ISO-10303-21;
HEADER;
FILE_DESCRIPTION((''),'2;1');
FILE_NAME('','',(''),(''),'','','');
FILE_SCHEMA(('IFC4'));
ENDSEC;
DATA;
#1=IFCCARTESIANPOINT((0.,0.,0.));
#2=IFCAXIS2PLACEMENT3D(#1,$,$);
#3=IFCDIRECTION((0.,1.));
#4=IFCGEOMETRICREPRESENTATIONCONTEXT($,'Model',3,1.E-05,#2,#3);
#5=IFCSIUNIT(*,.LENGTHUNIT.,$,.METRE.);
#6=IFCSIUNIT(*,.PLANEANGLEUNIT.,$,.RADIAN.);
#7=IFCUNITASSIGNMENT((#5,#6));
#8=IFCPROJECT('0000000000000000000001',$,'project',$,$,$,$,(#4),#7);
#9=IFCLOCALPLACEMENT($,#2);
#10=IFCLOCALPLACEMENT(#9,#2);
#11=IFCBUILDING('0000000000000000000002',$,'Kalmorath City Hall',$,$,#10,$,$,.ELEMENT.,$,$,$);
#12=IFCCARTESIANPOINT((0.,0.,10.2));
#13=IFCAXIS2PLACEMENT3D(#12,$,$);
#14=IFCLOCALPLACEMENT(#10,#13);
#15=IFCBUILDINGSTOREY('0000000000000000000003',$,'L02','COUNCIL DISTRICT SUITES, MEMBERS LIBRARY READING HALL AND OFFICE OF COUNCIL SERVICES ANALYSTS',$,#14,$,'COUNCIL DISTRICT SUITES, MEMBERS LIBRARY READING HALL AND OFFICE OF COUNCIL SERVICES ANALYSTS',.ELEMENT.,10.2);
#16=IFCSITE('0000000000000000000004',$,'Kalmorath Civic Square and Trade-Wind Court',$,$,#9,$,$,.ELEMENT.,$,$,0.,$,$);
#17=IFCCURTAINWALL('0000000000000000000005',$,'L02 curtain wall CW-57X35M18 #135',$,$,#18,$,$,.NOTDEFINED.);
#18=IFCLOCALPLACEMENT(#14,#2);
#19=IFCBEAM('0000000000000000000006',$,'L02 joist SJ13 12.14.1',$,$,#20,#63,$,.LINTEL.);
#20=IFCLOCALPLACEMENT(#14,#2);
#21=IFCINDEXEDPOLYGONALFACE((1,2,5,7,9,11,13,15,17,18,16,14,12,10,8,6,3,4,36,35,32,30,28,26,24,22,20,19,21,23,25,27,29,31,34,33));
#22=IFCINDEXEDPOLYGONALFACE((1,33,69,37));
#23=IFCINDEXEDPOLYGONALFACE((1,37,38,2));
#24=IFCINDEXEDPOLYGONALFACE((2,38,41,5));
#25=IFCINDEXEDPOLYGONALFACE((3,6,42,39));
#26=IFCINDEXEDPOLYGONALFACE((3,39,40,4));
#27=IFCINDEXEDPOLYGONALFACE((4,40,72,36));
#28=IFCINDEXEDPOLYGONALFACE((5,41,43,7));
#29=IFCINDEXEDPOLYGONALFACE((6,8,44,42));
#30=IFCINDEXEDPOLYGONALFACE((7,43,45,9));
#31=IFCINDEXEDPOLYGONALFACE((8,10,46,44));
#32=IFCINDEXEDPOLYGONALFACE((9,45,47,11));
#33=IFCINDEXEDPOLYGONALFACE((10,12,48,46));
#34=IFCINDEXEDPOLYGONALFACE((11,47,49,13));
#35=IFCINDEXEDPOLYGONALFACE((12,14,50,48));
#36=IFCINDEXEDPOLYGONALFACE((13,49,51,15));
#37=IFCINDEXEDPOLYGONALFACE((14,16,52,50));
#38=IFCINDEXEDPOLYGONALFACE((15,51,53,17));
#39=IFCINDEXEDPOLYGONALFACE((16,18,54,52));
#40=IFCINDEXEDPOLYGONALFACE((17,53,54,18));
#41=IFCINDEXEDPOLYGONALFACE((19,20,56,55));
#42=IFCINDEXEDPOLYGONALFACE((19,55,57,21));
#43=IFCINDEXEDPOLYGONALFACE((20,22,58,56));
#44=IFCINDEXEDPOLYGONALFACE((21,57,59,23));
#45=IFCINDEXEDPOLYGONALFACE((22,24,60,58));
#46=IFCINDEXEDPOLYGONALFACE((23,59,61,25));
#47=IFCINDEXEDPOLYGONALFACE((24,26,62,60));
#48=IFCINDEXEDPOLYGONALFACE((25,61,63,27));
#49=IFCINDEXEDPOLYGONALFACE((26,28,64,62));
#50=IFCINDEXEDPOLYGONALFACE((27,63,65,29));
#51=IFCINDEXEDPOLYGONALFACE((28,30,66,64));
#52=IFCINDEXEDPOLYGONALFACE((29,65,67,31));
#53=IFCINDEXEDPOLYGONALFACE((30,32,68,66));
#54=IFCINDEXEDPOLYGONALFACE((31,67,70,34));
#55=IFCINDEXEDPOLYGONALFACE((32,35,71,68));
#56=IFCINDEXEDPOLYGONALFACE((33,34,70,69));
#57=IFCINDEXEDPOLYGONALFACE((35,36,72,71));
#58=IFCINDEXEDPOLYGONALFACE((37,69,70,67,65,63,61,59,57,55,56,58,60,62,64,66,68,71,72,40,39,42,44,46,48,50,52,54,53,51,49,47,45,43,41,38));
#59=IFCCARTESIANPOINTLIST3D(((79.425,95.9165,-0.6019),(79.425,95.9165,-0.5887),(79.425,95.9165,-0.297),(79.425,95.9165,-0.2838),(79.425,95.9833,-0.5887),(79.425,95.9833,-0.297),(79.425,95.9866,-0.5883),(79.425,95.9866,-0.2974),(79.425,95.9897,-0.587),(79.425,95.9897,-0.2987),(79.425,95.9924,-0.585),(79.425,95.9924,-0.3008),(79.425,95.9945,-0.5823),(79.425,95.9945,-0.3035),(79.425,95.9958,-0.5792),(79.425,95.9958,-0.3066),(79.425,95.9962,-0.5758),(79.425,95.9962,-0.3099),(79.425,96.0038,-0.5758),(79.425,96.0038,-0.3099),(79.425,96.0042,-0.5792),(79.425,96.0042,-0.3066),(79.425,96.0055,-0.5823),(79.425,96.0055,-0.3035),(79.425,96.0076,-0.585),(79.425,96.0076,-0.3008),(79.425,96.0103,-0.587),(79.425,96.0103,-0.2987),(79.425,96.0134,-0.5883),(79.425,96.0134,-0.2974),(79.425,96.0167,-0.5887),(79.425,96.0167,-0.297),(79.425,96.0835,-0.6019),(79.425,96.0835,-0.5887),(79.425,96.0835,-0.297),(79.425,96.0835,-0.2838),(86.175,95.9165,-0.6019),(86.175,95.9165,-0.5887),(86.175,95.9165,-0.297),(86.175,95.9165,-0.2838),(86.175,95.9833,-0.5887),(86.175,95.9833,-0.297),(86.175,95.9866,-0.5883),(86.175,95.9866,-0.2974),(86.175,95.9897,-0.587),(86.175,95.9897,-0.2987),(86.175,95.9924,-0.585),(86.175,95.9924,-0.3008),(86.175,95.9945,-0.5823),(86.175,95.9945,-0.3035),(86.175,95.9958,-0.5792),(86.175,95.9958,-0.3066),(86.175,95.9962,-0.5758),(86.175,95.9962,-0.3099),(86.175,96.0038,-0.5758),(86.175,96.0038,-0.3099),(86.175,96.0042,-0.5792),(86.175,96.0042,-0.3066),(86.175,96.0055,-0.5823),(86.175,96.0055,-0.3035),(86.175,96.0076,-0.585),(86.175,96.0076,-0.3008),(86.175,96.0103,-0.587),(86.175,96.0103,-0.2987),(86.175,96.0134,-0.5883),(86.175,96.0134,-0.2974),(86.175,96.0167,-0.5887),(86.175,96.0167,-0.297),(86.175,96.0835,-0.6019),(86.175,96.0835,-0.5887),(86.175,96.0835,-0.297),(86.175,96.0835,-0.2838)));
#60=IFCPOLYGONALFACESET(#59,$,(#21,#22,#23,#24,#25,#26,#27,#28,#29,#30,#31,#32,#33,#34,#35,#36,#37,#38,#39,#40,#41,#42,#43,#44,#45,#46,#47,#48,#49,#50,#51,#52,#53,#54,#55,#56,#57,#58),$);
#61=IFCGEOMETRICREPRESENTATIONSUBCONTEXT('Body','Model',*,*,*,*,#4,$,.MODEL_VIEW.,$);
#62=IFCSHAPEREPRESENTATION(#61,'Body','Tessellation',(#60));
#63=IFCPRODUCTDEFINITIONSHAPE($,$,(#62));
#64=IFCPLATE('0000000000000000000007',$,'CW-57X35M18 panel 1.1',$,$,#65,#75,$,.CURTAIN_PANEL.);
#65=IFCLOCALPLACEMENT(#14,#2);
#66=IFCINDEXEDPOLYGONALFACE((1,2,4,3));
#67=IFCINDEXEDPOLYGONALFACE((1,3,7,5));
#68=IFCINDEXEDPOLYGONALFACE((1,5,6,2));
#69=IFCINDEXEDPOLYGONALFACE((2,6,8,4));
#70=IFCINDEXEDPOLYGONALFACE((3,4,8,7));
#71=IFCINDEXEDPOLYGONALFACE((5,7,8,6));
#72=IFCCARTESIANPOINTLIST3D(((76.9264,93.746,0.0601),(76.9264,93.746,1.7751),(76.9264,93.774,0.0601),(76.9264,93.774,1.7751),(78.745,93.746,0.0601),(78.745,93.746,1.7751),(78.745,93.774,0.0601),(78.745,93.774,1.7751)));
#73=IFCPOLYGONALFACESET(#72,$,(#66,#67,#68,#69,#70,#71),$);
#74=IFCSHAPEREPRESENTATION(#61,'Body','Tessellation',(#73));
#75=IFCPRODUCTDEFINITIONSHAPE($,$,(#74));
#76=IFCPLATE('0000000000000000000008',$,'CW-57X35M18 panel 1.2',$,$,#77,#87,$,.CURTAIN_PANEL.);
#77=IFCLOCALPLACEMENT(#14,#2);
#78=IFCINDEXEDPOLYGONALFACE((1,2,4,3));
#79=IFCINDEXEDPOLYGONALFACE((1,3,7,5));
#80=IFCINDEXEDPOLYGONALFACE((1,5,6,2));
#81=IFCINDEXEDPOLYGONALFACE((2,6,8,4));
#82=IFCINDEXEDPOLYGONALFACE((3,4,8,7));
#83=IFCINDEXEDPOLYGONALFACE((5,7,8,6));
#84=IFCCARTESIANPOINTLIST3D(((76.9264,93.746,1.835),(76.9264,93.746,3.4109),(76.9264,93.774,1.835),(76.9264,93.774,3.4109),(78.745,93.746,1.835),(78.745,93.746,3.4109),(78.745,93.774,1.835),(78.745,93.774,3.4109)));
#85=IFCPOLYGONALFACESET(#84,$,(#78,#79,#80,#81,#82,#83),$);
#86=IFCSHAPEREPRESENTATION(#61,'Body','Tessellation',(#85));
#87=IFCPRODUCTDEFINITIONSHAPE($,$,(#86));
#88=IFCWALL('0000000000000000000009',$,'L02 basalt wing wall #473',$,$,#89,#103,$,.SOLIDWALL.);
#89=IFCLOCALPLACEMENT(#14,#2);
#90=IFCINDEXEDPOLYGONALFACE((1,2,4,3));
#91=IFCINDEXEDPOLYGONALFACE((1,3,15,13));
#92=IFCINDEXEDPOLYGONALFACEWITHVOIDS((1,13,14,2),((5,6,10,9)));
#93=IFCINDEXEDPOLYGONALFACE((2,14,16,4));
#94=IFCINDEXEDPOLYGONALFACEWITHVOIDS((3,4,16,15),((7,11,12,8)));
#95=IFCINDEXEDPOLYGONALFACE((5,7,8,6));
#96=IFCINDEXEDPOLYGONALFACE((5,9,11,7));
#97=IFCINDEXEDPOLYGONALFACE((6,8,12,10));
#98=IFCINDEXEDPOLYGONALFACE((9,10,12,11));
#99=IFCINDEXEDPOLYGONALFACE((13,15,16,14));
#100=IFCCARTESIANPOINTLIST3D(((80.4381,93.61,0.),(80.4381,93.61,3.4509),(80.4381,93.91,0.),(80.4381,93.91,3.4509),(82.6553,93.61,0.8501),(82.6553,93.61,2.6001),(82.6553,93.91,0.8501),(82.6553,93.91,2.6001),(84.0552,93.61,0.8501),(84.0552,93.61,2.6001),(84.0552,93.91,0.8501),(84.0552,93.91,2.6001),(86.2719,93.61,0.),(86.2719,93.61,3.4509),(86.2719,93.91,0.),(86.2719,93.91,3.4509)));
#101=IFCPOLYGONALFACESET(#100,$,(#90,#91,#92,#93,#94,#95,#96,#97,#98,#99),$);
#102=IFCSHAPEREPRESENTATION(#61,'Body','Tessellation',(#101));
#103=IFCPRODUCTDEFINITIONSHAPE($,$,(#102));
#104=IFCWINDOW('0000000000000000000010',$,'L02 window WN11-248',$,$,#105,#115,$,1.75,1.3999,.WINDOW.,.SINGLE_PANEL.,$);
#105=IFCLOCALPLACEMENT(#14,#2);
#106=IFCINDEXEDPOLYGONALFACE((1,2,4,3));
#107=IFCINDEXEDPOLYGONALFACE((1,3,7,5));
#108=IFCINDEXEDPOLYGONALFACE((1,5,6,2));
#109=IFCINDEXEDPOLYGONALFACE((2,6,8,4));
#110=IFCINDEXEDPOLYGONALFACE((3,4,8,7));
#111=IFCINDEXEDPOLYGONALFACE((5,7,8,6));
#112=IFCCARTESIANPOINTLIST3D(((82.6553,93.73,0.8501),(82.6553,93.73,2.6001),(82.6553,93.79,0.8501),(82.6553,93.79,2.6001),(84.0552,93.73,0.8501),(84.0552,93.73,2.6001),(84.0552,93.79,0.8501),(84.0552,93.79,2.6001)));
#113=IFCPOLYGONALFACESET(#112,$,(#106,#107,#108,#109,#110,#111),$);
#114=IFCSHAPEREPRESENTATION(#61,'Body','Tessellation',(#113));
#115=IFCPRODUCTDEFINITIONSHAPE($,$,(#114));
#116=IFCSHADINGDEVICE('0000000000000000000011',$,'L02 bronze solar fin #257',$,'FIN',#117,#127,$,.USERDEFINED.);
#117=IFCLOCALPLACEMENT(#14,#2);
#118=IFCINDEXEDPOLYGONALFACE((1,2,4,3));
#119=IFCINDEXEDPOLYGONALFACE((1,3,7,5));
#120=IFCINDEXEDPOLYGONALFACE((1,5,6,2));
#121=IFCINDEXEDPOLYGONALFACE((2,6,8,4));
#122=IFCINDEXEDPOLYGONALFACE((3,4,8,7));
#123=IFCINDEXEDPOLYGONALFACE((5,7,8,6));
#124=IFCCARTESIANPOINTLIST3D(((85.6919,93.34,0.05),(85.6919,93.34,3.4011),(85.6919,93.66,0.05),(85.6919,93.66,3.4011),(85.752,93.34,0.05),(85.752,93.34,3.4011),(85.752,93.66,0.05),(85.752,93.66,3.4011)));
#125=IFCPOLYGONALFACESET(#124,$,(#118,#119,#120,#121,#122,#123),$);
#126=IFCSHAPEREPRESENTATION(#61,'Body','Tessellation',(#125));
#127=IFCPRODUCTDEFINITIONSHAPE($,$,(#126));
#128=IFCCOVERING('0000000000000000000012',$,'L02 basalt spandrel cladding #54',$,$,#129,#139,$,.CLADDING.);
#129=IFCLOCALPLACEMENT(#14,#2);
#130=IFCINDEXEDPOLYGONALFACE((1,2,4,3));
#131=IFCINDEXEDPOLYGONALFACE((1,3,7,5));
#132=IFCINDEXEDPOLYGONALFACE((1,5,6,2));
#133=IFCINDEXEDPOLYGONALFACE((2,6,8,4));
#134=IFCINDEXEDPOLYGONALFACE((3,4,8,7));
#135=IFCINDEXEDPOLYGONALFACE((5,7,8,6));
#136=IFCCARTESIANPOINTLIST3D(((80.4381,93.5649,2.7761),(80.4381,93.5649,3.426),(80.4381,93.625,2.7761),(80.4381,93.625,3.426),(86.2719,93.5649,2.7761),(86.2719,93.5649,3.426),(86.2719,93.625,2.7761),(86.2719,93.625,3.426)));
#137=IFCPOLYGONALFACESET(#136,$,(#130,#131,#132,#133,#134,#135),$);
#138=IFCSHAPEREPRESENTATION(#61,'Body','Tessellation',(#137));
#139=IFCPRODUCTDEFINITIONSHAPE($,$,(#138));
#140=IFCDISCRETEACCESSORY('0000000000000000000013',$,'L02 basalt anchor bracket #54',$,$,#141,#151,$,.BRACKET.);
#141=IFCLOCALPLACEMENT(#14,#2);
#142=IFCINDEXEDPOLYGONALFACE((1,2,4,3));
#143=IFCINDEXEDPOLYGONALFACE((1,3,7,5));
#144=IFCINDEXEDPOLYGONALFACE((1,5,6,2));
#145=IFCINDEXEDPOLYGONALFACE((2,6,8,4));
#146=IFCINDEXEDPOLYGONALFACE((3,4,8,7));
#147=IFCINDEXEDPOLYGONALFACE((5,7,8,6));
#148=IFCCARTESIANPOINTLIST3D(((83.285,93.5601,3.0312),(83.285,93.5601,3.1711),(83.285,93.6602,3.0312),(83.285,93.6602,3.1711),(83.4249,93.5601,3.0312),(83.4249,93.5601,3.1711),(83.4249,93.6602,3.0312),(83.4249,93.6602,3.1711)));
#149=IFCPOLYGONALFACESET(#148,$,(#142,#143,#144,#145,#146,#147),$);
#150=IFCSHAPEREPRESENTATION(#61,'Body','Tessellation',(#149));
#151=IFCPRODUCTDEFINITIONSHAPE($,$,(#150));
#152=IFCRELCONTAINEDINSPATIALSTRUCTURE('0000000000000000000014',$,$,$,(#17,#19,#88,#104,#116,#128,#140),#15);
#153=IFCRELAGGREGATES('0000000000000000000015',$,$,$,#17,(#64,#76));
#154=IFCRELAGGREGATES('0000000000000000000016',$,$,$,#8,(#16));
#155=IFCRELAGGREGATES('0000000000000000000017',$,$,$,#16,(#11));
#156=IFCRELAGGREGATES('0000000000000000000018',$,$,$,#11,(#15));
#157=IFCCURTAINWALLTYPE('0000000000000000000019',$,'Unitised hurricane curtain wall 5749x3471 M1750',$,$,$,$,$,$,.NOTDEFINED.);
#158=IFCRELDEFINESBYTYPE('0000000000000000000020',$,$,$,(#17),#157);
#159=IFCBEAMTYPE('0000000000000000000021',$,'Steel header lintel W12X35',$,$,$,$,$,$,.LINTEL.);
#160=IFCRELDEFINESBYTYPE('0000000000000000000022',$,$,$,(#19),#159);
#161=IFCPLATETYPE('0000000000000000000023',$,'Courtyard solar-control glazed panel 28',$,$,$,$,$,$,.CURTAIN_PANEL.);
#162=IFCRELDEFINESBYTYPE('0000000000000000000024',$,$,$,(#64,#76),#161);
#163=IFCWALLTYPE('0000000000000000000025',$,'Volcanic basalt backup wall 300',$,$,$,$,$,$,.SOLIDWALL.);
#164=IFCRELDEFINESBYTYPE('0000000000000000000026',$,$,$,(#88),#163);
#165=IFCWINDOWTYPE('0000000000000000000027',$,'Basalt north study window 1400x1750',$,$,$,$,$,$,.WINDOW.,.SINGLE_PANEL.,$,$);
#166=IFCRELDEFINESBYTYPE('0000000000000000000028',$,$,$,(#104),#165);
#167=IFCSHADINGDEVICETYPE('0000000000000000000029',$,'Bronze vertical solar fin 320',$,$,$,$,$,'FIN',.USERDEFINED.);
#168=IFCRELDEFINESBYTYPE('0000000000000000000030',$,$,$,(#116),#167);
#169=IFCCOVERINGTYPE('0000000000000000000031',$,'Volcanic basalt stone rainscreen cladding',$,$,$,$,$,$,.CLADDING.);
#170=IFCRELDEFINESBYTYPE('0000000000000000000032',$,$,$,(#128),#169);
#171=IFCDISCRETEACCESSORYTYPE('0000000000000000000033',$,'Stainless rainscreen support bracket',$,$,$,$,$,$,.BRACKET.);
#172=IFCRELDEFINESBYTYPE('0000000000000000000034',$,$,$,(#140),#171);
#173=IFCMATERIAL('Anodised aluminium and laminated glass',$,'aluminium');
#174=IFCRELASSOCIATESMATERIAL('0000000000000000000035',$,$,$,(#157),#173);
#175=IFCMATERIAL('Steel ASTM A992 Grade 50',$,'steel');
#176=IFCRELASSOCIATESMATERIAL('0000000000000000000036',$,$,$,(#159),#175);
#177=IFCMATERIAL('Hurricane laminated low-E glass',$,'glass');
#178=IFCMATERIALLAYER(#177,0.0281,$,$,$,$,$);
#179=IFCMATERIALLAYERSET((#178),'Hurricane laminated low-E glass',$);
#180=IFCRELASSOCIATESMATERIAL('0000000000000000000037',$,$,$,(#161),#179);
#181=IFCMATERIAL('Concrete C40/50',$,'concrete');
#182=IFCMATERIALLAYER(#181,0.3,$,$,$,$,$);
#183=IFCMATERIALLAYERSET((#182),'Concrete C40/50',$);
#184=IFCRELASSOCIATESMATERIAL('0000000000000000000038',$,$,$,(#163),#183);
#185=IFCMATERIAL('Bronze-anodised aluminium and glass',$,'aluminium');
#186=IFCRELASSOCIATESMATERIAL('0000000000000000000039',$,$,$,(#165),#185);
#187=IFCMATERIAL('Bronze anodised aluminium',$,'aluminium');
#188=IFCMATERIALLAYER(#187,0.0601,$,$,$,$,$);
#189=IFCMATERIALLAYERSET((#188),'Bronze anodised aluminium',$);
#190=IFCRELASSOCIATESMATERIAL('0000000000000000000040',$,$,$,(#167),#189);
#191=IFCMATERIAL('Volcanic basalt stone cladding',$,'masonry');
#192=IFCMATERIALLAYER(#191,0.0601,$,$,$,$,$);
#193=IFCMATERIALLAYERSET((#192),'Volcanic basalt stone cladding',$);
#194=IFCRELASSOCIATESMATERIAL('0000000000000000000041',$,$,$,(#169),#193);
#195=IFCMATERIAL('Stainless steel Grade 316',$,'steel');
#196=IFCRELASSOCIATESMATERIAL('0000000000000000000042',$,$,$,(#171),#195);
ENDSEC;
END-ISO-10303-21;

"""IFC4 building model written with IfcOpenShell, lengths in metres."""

from ifc_helpers import new_model, si_unit, direction, frame, frame_2d, origin, origin_2d, place, context, subcontext, project, spatial, rectangle, i_section, extrude, material, layer, layer_set, material_profile, profile_set, type_object, element, fill, aggregate, save


model = new_model("IFC4")

# Units and contexts
model_context = context("Model", 3, precision=1e-05, world=origin(), true_north=direction((0.0, 1.0)))
body_context = subcontext(model_context, "Body", "Model", "MODEL_VIEW")
ifc_project = project(units=[si_unit("LENGTHUNIT", "METRE"), si_unit("PLANEANGLEUNIT", "RADIAN")], contexts=[model_context])

# Site, building, storey
site_placement = place(None, origin())
site = spatial("IfcSite", under=ifc_project, at=site_placement, Name="Kalmorath Civic Square and Trade-Wind Court", CompositionType="ELEMENT", RefElevation=0.0)
building_placement = place(site_placement, origin())
building = spatial("IfcBuilding", under=site, at=building_placement, Name="Kalmorath City Hall", CompositionType="ELEMENT")
storey_placement = place(building_placement, frame((0.0, 0.0, 10.2)))
storey = spatial("IfcBuildingStorey", under=building, at=storey_placement, Name="L02", Description="COUNCIL DISTRICT SUITES, MEMBERS LIBRARY READING HALL AND OFFICE OF COUNCIL SERVICES ANALYSTS", LongName="COUNCIL DISTRICT SUITES, MEMBERS LIBRARY READING HALL AND OFFICE OF COUNCIL SERVICES ANALYSTS", CompositionType="ELEMENT", Elevation=10.2)

# Curtain wall
ifc_material_1 = material(Name="Anodised aluminium and laminated glass", Category="aluminium")
curtain_wall_type = type_object("IfcCurtainWallType", Name="Unitised hurricane curtain wall 5749x3471 M1750", PredefinedType="NOTDEFINED", material=ifc_material_1)
curtain_wall_placement = place(storey_placement, origin())
curtain_wall = element("IfcCurtainWall", 1, at=curtain_wall_placement, inside=storey, type_object=curtain_wall_type, Name="L02 curtain wall CW-57X35M18 #135", PredefinedType="NOTDEFINED")

# Beam
ifc_material_2 = material(Name="Steel ASTM A992 Grade 50", Category="steel")
ifc_material_profile_1 = material_profile(ifc_material_2, i_section(OverallWidth=0.167, OverallDepth=0.3181, WebThickness=0.0076, FlangeThickness=0.0132, FilletRadius=0.0129, at=origin_2d()), Name="W12X35")
ifc_profile_set_1 = profile_set([ifc_material_profile_1], Name="Steel ASTM A992 Grade 50")
beam_type_1 = type_object("IfcBeamType", Name="Steel header lintel W12X35", PredefinedType="LINTEL", material=ifc_profile_set_1)
beam_1_placement = place(storey_placement, frame((79.425, 96.0, -0.4429), z_axis=(1.0, 0.0, 0.0), x_axis=(0.0, 1.0, 0.0)))
element("IfcBeam", 2, at=beam_1_placement, inside=storey, type_object=beam_type_1, Name="L02 joist SJ13 12.14.1", PredefinedType="LINTEL", context=body_context, shape_type="SweptSolid", body=[
    extrude(i_section(OverallWidth=0.167, OverallDepth=0.3181, WebThickness=0.0076, FlangeThickness=0.0132, FilletRadius=0.0129, at=origin_2d()), origin(), (0.0, 0.0, 1.0), 6.75),
])

# Plates
ifc_material_3 = material(Name="Hurricane laminated low-E glass", Category="glass")
ifc_layer_1 = layer(ifc_material_3, 0.0281)
ifc_layer_set_1 = layer_set([ifc_layer_1], Name="Hurricane laminated low-E glass")
plate_type = type_object("IfcPlateType", Name="Courtyard solar-control glazed panel 28", PredefinedType="CURTAIN_PANEL", material=ifc_layer_set_1)
plate_1_placement = place(storey_placement, frame((77.8357, 93.76, 0.0601), z_axis=(0.0, 0.0, 1.0), x_axis=(-1.0, 0.0, 0.0)))
plate_1 = element("IfcPlate", 3, at=plate_1_placement, type_object=plate_type, Name="CW-57X35M18 panel 1.1", PredefinedType="CURTAIN_PANEL", context=body_context, shape_type="SweptSolid", body=[
    extrude(rectangle(XDim=1.8186, YDim=0.0281, at=origin_2d()), origin(), (0.0, 0.0, 1.0), 1.7151),
])
plate_2_placement = place(storey_placement, frame((77.8357, 93.76, 1.835), z_axis=(0.0, 0.0, 1.0), x_axis=(-1.0, 0.0, 0.0)))
plate_2 = element("IfcPlate", 4, at=plate_2_placement, type_object=plate_type, Name="CW-57X35M18 panel 1.2", PredefinedType="CURTAIN_PANEL", context=body_context, shape_type="SweptSolid", body=[
    extrude(rectangle(XDim=1.8186, YDim=0.0281, at=origin_2d()), origin(), (0.0, 0.0, 1.0), 1.5759),
])
aggregate(curtain_wall, [plate_1, plate_2])

# Wall, opening, window
ifc_material_4 = material(Name="Concrete C40/50", Category="concrete")
ifc_layer_2 = layer(ifc_material_4, 0.3)
ifc_layer_set_2 = layer_set([ifc_layer_2], Name="Concrete C40/50")
wall_type = type_object("IfcWallType", Name="Volcanic basalt backup wall 300", PredefinedType="SOLIDWALL", material=ifc_layer_set_2)
wall_placement = place(storey_placement, frame((86.272, 93.76, 0.0), z_axis=(0.0, 0.0, 1.0), x_axis=(-1.0, 0.0, 0.0)))
wall = element("IfcWall", 5, at=wall_placement, inside=storey, type_object=wall_type, Name="L02 basalt wing wall #473", PredefinedType="SOLIDWALL", context=body_context, shape_type="SweptSolid", body=[
    extrude(rectangle(XDim=5.8337, YDim=0.3, at=frame_2d((2.917, 0.0))), origin(), (0.0, 0.0, 1.0), 3.4509),
])
opening_placement = place(wall_placement, frame((2.2168, 0.0, 0.8501)))
opening = element("IfcOpeningElement", 6, at=opening_placement, cuts=wall, PredefinedType="OPENING", context=body_context, shape_type="SweptSolid", body=[
    extrude(rectangle(XDim=1.3999, YDim=1.75, at=frame_2d((0.7, 0.875))), frame((0.0, 0.1599, 0.0), z_axis=(0.0, -1.0, 0.0), x_axis=(1.0, 0.0, 0.0)), (0.0, 0.0, 1.0), 0.3201),
])
ifc_material_5 = material(Name="Bronze-anodised aluminium and glass", Category="aluminium")
window_type = type_object("IfcWindowType", Name="Basalt north study window 1400x1750", PartitioningType="SINGLE_PANEL", PredefinedType="WINDOW", material=ifc_material_5)
window_placement = place(opening_placement, origin())
window = element("IfcWindow", 7, at=window_placement, inside=storey, type_object=window_type, Name="L02 window WN11-248", OverallHeight=1.75, OverallWidth=1.3999, PartitioningType="SINGLE_PANEL", PredefinedType="WINDOW", context=body_context, shape_type="SweptSolid", body=[
    extrude(rectangle(XDim=1.3999, YDim=1.75, at=frame_2d((0.7, 0.875))), frame((0.0, 0.03, 0.0), z_axis=(0.0, -1.0, 0.0), x_axis=(1.0, 0.0, 0.0)), (0.0, 0.0, 1.0), 0.0601),
])
fill(opening, window)

# Shading device
ifc_material_6 = material(Name="Bronze anodised aluminium", Category="aluminium")
ifc_layer_3 = layer(ifc_material_6, 0.0601)
ifc_layer_set_3 = layer_set([ifc_layer_3], Name="Bronze anodised aluminium")
shading_device_type = type_object("IfcShadingDeviceType", Name="Bronze vertical solar fin 320", ElementType="FIN", PredefinedType="USERDEFINED", material=ifc_layer_set_3)
shading_device_placement = place(storey_placement, frame((85.7219, 93.5, 0.05), z_axis=(0.0, 0.0, 1.0), x_axis=(-1.0, 0.0, 0.0)))
element("IfcShadingDevice", 8, at=shading_device_placement, inside=storey, type_object=shading_device_type, Name="L02 bronze solar fin #257", ObjectType="FIN", PredefinedType="USERDEFINED", context=body_context, shape_type="SweptSolid", body=[
    extrude(rectangle(XDim=0.0601, YDim=0.3201, at=origin_2d()), origin(), (0.0, 0.0, 1.0), 3.3511),
])

# Covering
ifc_material_7 = material(Name="Volcanic basalt stone cladding", Category="masonry")
ifc_layer_4 = layer(ifc_material_7, 0.0601)
ifc_layer_set_4 = layer_set([ifc_layer_4], Name="Volcanic basalt stone cladding")
covering_type = type_object("IfcCoveringType", Name="Volcanic basalt stone rainscreen cladding", PredefinedType="CLADDING", material=ifc_layer_set_4)
covering_placement = place(storey_placement, frame((83.355, 93.595, 2.7761), z_axis=(0.0, 0.0, 1.0), x_axis=(-1.0, 0.0, 0.0)))
element("IfcCovering", 9, at=covering_placement, inside=storey, type_object=covering_type, Name="L02 basalt spandrel cladding #54", PredefinedType="CLADDING", context=body_context, shape_type="SweptSolid", body=[
    extrude(rectangle(XDim=5.8337, YDim=0.0601, at=origin_2d()), origin(), (0.0, 0.0, 1.0), 0.6499),
])

# Discrete accessory
ifc_material_8 = material(Name="Stainless steel Grade 316", Category="steel")
discrete_accessory_type = type_object("IfcDiscreteAccessoryType", Name="Stainless rainscreen support bracket", PredefinedType="BRACKET", material=ifc_material_8)
discrete_accessory_placement = place(storey_placement, frame((83.355, 93.6101, 3.0312), z_axis=(0.0, 0.0, 1.0), x_axis=(-1.0, 0.0, 0.0)))
element("IfcDiscreteAccessory", 10, at=discrete_accessory_placement, inside=storey, type_object=discrete_accessory_type, Name="L02 basalt anchor bracket #54", PredefinedType="BRACKET", context=body_context, shape_type="SweptSolid", body=[
    extrude(rectangle(XDim=0.1399, YDim=0.1001, at=origin_2d()), origin(), (0.0, 0.0, 1.0), 0.1399),
])

save(model, "model.ifc")
